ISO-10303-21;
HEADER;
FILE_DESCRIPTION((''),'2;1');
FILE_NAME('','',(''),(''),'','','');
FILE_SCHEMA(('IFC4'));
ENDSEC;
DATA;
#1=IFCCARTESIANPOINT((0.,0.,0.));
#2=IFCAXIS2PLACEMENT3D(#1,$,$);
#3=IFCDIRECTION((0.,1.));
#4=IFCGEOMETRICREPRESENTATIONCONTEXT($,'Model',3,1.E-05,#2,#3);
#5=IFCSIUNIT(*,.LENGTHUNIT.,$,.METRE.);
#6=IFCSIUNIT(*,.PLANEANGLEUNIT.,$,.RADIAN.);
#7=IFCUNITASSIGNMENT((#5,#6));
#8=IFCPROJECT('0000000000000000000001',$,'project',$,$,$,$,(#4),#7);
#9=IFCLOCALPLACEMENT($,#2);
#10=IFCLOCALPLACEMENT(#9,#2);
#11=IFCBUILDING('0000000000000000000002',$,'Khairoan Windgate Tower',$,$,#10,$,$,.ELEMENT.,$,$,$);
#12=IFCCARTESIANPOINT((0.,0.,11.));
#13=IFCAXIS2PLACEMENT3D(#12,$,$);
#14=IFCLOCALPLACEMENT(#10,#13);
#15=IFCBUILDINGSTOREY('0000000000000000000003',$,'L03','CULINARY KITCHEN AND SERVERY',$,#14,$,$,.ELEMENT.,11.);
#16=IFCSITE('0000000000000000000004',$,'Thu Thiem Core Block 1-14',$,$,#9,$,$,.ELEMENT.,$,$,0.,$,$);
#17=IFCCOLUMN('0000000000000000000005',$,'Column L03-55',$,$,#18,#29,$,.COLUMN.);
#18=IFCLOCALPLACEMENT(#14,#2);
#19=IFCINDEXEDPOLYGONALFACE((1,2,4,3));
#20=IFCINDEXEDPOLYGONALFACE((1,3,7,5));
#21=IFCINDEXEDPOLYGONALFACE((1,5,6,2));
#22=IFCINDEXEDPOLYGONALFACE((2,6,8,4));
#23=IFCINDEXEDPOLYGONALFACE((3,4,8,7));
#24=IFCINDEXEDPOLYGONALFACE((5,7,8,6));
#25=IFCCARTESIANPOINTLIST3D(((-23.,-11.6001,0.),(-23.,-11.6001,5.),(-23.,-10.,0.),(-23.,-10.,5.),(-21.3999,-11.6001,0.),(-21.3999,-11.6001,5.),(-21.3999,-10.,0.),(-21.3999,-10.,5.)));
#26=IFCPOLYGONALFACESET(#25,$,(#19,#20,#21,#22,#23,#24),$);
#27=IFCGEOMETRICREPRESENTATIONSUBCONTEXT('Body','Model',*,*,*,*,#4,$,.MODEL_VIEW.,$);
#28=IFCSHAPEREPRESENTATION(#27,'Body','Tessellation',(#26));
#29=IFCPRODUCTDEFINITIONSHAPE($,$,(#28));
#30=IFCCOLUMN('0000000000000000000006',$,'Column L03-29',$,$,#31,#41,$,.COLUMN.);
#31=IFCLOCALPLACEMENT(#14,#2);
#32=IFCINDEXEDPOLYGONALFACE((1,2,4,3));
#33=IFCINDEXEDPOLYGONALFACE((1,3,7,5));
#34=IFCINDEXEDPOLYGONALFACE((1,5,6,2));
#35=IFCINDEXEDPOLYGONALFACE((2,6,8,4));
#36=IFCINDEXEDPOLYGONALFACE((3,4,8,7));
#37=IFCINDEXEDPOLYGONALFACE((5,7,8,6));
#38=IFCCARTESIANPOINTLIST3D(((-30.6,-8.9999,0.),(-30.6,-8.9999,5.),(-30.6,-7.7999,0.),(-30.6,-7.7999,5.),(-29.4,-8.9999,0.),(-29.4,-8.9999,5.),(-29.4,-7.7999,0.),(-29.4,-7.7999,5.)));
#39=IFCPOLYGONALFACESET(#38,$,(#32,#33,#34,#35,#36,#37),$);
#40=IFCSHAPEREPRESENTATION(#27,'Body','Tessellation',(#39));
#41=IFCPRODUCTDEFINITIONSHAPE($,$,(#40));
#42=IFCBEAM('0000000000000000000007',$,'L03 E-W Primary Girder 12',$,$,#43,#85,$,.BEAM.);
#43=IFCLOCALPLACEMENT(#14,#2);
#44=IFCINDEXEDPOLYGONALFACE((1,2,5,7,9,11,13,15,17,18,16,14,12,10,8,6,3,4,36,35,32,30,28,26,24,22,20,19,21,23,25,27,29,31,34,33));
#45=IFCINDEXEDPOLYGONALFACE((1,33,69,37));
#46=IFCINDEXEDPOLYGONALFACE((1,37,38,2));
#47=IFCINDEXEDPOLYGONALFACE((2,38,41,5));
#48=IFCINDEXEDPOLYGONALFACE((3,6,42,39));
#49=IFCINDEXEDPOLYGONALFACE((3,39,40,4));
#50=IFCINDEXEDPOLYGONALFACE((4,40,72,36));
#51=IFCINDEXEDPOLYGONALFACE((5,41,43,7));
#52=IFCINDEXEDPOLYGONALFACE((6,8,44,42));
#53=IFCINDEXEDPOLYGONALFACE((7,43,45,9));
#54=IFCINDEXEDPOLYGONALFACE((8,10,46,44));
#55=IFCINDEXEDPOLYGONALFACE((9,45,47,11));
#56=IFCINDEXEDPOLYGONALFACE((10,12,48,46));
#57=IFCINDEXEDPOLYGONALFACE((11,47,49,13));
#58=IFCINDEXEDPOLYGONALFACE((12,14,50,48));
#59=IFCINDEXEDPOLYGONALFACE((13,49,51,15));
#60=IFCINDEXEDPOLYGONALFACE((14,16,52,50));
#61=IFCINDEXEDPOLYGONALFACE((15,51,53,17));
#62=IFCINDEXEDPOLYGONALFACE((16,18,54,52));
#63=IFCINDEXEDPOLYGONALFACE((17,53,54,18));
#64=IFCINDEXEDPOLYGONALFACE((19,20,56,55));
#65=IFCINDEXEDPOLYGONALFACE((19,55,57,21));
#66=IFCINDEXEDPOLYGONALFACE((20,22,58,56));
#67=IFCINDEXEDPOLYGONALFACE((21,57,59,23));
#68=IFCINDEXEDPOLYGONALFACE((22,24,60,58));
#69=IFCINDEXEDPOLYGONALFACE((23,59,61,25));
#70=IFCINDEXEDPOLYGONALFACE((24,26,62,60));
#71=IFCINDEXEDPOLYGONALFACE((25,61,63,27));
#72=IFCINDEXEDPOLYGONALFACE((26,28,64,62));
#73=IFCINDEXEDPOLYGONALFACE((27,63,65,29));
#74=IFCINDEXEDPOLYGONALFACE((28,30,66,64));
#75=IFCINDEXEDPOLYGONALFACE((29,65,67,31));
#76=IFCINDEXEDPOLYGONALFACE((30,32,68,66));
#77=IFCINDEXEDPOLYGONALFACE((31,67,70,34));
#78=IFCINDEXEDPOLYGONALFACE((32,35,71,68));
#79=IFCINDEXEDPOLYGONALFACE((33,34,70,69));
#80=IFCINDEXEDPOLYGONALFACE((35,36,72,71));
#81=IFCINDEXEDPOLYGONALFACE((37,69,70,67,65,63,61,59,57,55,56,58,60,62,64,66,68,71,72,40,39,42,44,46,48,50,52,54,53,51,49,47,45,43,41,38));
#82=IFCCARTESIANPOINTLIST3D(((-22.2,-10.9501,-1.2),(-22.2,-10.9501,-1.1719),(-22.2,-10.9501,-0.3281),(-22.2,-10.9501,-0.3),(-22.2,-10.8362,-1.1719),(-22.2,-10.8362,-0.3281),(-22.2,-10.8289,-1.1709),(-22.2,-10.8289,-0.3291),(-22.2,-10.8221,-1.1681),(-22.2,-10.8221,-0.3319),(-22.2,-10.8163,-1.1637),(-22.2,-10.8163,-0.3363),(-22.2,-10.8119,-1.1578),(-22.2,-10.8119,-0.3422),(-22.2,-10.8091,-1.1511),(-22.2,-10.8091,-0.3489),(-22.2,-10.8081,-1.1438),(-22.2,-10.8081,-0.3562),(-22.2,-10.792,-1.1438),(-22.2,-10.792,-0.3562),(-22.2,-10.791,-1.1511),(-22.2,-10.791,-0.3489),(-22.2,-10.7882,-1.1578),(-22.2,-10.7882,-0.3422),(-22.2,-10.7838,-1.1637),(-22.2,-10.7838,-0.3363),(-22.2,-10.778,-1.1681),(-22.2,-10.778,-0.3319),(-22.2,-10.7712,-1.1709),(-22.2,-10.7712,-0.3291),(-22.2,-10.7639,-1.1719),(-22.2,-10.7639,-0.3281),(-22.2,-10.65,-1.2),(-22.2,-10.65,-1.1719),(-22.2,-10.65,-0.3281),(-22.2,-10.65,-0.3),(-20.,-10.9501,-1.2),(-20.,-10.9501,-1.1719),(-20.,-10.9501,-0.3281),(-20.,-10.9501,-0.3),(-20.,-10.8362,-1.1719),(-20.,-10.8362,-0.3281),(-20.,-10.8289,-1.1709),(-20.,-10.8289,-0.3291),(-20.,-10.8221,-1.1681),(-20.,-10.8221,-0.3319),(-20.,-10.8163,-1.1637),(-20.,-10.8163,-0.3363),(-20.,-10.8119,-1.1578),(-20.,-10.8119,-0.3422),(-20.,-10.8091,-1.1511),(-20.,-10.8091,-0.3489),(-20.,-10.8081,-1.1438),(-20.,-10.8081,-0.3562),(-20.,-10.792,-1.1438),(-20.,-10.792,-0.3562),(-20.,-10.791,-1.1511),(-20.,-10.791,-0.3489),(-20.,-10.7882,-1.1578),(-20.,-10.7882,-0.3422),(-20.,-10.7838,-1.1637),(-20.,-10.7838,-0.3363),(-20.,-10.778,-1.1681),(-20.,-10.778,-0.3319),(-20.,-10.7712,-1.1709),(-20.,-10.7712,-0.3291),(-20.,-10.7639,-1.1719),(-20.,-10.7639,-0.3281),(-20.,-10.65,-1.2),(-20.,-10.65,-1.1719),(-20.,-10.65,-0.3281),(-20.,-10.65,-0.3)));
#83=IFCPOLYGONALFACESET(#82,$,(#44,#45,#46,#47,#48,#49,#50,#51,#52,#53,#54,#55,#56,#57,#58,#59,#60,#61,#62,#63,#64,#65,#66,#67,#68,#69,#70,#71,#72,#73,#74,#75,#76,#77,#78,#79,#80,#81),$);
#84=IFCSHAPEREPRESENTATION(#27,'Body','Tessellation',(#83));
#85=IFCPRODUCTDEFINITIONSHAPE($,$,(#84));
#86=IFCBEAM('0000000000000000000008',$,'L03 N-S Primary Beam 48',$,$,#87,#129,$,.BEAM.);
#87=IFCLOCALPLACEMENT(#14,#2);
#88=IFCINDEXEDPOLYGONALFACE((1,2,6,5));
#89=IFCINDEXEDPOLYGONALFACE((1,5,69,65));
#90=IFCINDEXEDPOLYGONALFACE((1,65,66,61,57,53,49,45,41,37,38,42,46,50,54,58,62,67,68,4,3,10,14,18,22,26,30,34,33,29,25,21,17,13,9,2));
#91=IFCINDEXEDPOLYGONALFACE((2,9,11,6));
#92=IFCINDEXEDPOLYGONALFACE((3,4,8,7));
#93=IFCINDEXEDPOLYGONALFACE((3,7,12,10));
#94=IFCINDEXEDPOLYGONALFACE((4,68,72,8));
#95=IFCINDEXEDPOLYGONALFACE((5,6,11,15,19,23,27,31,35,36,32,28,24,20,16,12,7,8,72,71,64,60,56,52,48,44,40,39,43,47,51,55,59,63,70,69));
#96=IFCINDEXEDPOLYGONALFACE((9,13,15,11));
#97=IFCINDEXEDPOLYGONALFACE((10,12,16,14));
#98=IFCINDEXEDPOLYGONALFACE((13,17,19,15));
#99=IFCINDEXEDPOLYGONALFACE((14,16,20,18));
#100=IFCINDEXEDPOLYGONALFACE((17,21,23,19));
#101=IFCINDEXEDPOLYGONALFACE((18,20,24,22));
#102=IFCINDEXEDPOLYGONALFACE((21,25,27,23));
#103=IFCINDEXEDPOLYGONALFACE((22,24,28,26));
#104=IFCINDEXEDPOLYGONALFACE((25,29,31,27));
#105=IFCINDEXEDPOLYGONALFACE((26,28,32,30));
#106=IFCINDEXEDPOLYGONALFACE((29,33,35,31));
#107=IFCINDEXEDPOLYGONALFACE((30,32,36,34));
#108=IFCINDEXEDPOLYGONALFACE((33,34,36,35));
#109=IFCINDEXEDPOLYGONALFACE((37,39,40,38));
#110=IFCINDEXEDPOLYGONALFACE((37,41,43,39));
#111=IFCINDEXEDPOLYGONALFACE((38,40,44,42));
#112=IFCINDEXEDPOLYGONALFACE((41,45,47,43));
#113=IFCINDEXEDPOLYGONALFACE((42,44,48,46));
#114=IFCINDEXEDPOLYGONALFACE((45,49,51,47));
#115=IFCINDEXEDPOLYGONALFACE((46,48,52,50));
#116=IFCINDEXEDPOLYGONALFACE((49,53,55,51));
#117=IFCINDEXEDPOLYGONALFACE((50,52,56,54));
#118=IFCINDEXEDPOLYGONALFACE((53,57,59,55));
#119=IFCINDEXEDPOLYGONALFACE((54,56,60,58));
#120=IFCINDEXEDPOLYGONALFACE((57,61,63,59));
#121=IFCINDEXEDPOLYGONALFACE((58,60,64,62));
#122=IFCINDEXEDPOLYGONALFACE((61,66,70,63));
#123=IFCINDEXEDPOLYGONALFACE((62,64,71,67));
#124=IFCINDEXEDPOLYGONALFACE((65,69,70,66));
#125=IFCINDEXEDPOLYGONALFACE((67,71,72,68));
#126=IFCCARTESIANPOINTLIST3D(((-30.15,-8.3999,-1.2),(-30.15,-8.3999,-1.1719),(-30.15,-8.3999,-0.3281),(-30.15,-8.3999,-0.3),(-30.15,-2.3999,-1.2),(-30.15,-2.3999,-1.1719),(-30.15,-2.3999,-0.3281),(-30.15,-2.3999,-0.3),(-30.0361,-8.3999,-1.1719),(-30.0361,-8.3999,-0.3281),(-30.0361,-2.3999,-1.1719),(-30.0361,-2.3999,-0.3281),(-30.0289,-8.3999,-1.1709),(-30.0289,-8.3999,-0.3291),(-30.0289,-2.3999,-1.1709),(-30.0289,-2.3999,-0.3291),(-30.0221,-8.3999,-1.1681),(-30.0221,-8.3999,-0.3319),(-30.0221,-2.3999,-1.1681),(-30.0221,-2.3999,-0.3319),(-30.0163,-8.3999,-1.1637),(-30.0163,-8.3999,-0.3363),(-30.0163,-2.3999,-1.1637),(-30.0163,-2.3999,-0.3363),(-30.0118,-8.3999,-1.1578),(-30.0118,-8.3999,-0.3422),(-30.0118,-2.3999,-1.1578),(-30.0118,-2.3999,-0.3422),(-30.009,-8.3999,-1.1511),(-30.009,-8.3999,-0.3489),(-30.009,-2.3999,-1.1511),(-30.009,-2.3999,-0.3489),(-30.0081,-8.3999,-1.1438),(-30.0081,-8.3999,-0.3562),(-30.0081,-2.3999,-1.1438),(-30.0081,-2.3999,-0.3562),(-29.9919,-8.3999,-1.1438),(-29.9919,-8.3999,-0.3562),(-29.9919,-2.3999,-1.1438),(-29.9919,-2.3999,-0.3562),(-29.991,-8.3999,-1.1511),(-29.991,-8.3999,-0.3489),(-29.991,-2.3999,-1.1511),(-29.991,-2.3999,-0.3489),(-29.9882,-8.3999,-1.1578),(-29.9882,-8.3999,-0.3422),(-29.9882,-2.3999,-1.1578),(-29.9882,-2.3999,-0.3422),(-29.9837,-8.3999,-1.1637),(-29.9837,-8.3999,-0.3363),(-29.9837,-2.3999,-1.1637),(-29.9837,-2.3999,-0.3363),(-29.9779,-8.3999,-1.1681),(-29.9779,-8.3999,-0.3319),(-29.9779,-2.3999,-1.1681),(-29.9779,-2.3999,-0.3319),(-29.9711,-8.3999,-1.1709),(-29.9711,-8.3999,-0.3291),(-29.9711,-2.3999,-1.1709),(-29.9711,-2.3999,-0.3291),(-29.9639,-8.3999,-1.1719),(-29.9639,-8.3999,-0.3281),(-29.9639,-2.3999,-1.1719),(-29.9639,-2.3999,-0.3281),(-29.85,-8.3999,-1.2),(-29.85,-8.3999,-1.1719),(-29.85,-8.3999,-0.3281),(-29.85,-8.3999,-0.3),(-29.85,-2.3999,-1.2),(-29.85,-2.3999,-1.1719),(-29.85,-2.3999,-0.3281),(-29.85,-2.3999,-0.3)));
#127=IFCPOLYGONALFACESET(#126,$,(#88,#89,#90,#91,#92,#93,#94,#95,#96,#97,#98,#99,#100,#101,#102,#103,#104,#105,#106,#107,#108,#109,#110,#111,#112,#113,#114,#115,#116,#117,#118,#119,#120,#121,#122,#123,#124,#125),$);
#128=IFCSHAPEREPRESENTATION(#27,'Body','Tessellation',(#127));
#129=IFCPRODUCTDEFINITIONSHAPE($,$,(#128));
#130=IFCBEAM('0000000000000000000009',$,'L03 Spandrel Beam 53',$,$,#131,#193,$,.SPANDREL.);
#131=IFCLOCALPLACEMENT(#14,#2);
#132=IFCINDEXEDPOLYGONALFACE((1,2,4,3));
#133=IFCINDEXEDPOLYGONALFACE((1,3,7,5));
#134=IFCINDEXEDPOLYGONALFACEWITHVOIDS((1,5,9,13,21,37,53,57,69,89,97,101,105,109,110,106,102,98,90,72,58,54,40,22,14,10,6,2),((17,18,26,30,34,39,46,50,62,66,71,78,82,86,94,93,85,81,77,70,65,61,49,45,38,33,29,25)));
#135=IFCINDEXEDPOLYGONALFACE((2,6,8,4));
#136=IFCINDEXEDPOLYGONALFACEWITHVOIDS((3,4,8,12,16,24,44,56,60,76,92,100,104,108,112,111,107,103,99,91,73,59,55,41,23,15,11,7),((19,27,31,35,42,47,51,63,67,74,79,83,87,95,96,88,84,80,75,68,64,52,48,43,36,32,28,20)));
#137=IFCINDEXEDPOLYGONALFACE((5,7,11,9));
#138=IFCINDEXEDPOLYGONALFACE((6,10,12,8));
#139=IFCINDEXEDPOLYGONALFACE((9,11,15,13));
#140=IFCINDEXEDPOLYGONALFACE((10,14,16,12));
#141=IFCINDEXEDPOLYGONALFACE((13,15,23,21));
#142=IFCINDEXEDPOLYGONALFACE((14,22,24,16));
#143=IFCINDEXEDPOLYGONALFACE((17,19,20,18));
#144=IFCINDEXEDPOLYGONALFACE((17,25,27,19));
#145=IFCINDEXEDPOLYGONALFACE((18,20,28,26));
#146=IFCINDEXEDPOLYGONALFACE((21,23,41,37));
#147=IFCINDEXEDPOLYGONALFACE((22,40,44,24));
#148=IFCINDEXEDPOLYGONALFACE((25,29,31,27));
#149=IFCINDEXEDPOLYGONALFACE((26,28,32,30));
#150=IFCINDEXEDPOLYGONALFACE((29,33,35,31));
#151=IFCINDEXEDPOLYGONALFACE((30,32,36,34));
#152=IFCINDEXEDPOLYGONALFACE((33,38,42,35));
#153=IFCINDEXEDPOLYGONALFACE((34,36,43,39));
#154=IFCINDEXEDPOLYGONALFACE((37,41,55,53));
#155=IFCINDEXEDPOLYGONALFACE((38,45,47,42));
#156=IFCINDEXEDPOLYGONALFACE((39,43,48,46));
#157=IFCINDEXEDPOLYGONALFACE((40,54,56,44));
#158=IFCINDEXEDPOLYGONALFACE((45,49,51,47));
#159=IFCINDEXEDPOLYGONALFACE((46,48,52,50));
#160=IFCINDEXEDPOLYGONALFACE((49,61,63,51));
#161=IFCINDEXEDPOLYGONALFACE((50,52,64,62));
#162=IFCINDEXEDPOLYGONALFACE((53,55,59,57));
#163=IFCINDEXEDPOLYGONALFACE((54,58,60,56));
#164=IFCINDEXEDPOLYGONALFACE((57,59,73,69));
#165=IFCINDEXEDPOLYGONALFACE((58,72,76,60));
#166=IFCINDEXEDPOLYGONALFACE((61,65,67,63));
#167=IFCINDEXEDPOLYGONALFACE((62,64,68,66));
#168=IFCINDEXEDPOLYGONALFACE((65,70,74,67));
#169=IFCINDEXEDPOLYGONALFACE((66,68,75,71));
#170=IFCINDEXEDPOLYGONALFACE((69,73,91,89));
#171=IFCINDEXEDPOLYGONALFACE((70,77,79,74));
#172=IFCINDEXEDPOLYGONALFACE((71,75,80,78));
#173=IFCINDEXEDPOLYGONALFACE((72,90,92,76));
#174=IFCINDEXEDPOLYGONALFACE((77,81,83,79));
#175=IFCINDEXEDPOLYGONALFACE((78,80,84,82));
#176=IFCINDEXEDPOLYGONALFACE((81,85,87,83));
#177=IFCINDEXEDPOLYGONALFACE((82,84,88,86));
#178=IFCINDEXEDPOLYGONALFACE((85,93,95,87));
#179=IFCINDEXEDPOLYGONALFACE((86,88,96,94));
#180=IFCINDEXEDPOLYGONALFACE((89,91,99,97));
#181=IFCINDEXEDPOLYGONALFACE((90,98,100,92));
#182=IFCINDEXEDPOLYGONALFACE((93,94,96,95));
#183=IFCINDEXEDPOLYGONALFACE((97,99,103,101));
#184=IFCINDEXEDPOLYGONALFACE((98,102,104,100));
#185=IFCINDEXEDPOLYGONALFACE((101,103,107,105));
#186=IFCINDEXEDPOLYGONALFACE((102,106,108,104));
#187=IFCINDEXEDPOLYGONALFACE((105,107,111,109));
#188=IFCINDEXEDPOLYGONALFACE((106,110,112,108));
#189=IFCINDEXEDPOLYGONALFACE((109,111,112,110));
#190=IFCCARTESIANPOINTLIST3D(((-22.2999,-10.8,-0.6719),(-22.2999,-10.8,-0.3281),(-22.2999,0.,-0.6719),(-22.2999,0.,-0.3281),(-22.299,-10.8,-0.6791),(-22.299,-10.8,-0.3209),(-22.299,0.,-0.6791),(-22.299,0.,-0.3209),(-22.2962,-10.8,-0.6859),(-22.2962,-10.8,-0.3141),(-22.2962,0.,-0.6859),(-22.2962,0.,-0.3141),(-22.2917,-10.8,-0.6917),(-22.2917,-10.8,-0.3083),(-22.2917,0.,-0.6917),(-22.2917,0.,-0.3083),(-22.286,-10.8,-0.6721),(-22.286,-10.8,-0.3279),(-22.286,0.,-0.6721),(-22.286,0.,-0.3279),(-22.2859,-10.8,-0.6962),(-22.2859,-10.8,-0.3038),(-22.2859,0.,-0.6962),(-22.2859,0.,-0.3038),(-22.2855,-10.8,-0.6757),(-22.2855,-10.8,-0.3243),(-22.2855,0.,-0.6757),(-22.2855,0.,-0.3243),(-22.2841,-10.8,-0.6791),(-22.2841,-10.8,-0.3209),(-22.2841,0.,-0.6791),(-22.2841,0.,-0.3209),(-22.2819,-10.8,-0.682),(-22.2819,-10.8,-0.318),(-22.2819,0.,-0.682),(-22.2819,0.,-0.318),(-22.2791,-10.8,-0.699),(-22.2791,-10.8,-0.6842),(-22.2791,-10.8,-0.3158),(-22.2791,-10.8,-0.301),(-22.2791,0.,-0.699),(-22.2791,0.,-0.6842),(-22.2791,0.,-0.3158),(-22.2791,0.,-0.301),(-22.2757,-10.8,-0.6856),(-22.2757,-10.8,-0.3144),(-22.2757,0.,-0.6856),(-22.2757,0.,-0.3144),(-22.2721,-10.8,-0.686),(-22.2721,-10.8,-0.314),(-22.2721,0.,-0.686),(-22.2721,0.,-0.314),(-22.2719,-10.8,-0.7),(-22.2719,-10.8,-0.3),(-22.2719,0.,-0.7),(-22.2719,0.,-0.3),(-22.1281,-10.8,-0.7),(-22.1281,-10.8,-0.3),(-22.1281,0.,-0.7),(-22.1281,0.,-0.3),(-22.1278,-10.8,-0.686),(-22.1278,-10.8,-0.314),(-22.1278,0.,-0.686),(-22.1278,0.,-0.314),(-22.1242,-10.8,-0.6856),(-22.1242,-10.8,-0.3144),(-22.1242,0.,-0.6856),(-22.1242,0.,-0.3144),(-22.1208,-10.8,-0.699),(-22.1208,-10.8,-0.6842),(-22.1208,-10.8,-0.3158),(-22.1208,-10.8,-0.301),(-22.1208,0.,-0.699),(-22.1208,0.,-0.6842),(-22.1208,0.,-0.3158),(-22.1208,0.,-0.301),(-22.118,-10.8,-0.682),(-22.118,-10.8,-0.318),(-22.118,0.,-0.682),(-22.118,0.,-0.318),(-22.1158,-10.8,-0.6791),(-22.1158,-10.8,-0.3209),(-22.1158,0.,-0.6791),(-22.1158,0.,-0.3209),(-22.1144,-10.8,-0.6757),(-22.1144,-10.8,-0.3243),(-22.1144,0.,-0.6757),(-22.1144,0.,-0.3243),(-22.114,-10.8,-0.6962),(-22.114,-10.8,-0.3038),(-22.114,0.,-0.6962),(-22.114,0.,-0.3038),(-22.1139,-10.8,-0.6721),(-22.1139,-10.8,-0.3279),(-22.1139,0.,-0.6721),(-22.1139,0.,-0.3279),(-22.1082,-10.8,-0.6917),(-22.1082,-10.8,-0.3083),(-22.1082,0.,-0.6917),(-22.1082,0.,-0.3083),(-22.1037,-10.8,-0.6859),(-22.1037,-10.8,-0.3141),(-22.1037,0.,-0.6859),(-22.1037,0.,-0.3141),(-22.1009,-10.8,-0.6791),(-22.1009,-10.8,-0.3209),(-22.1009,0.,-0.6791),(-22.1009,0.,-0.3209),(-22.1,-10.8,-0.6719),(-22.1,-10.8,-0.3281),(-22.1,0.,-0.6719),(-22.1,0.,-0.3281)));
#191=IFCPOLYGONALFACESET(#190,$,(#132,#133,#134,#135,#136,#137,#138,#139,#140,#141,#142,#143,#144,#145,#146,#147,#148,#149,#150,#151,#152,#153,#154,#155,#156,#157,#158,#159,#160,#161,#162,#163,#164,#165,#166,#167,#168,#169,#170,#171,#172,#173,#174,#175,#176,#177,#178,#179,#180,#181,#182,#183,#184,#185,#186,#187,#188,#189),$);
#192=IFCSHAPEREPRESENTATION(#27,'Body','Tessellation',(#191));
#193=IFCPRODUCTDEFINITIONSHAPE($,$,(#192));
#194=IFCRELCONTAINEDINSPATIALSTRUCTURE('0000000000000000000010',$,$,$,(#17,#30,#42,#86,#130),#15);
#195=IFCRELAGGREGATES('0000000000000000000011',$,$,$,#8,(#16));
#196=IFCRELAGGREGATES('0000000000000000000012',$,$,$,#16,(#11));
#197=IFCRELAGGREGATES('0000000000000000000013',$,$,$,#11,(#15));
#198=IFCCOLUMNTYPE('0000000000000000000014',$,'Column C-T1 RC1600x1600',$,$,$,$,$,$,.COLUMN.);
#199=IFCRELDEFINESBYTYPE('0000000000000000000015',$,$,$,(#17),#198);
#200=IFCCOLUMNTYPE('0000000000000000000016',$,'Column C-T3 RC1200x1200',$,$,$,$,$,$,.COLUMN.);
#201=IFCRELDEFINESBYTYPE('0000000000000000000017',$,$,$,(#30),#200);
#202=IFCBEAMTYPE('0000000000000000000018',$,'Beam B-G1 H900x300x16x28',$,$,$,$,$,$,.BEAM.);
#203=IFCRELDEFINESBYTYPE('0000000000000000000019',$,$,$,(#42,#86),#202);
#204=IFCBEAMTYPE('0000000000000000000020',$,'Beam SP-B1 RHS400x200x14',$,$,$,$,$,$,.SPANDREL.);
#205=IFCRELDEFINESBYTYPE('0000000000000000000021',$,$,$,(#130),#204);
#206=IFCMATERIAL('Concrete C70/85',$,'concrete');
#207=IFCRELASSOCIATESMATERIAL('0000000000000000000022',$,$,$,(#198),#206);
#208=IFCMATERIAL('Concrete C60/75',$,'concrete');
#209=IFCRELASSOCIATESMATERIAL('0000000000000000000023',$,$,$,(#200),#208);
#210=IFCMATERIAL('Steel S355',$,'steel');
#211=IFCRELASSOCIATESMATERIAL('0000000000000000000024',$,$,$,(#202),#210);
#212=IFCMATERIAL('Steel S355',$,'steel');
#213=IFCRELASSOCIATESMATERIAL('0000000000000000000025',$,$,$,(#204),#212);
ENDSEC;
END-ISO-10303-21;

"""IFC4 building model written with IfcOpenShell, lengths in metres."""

from ifc_helpers import new_model, si_unit, direction, frame, origin, origin_2d, place, context, subcontext, project, spatial, rectangle, hollow_rectangle, i_section, extrude, material, material_profile, profile_set, type_object, element, save


model = new_model("IFC4")

# Units and contexts
model_context = context("Model", 3, precision=1e-05, world=origin(), true_north=direction((0.0, 1.0)))
body_context = subcontext(model_context, "Body", "Model", "MODEL_VIEW")
ifc_project = project(units=[si_unit("LENGTHUNIT", "METRE"), si_unit("PLANEANGLEUNIT", "RADIAN")], contexts=[model_context])

# Site, building, storey
site_placement = place(None, origin())
site = spatial("IfcSite", under=ifc_project, at=site_placement, Name="Thu Thiem Core Block 1-14", CompositionType="ELEMENT", RefElevation=0.0)
building_placement = place(site_placement, origin())
building = spatial("IfcBuilding", under=site, at=building_placement, Name="Khairoan Windgate Tower", CompositionType="ELEMENT")
storey_placement = place(building_placement, frame((0.0, 0.0, 11.0)))
storey = spatial("IfcBuildingStorey", under=building, at=storey_placement, Name="L03", Description="CULINARY KITCHEN AND SERVERY", CompositionType="ELEMENT", Elevation=11.0)

# Columns
ifc_material_1 = material(Name="Concrete C70/85", Category="concrete")
ifc_material_profile_1 = material_profile(ifc_material_1, rectangle(XDim=1.6001, YDim=1.6001, at=origin_2d()))
ifc_profile_set_1 = profile_set([ifc_material_profile_1], Name="Concrete C70/85")
column_type_1 = type_object("IfcColumnType", Name="Column C-T1 RC1600x1600", PredefinedType="COLUMN", material=ifc_profile_set_1)
column_1_placement = place(storey_placement, frame((-22.2, -10.8, 0.0), z_axis=(0.0, 0.0, 1.0), x_axis=(1.0, 0.0, 0.0)))
element("IfcColumn", 1, at=column_1_placement, inside=storey, type_object=column_type_1, Name="Column L03-55", PredefinedType="COLUMN", context=body_context, shape_type="SweptSolid", body=[
    extrude(rectangle(XDim=1.6001, YDim=1.6001, at=origin_2d()), origin(), (0.0, 0.0, 1.0), 5.0),
])
ifc_material_2 = material(Name="Concrete C60/75", Category="concrete")
ifc_material_profile_2 = material_profile(ifc_material_2, rectangle(XDim=1.2, YDim=1.2, at=origin_2d()))
ifc_profile_set_2 = profile_set([ifc_material_profile_2], Name="Concrete C60/75")
column_type_2 = type_object("IfcColumnType", Name="Column C-T3 RC1200x1200", PredefinedType="COLUMN", material=ifc_profile_set_2)
column_2_placement = place(storey_placement, frame((-30.0, -8.3999, 0.0), z_axis=(0.0, 0.0, 1.0), x_axis=(1.0, 0.0, 0.0)))
element("IfcColumn", 2, at=column_2_placement, inside=storey, type_object=column_type_2, Name="Column L03-29", PredefinedType="COLUMN", context=body_context, shape_type="SweptSolid", body=[
    extrude(rectangle(XDim=1.2, YDim=1.2, at=origin_2d()), origin(), (0.0, 0.0, 1.0), 5.0),
])

# Beams
ifc_material_3 = material(Name="Steel S355", Category="steel")
ifc_material_profile_3 = material_profile(ifc_material_3, i_section(OverallWidth=0.3, OverallDepth=0.8999, WebThickness=0.0161, FlangeThickness=0.0281, FilletRadius=0.0281, at=origin_2d()))
ifc_profile_set_3 = profile_set([ifc_material_profile_3], Name="Steel S355")
beam_type_1 = type_object("IfcBeamType", Name="Beam B-G1 H900x300x16x28", PredefinedType="BEAM", material=ifc_profile_set_3)
beam_1_placement = place(storey_placement, frame((-22.2, -10.8, -0.75), z_axis=(1.0, 0.0, 0.0), x_axis=(0.0, 1.0, 0.0)))
element("IfcBeam", 3, at=beam_1_placement, inside=storey, type_object=beam_type_1, Name="L03 E-W Primary Girder 12", PredefinedType="BEAM", context=body_context, shape_type="SweptSolid", body=[
    extrude(i_section(OverallWidth=0.3, OverallDepth=0.8999, WebThickness=0.0161, FlangeThickness=0.0281, FilletRadius=0.0281, at=origin_2d()), origin(), (0.0, 0.0, 1.0), 2.2),
])
beam_2_placement = place(storey_placement, frame((-30.0, -8.3999, -0.75), z_axis=(0.0, 1.0, 0.0), x_axis=(-1.0, 0.0, 0.0)))
element("IfcBeam", 4, at=beam_2_placement, inside=storey, type_object=beam_type_1, Name="L03 N-S Primary Beam 48", PredefinedType="BEAM", context=body_context, shape_type="SweptSolid", body=[
    extrude(i_section(OverallWidth=0.3, OverallDepth=0.8999, WebThickness=0.0161, FlangeThickness=0.0281, FilletRadius=0.0281, at=origin_2d()), origin(), (0.0, 0.0, 1.0), 6.0),
])
ifc_material_4 = material(Name="Steel S355", Category="steel")
ifc_material_profile_4 = material_profile(ifc_material_4, hollow_rectangle(XDim=0.2, YDim=0.3999, WallThickness=0.0139, InnerFilletRadius=0.0139, OuterFilletRadius=0.0281, at=origin_2d()))
ifc_profile_set_4 = profile_set([ifc_material_profile_4], Name="Steel S355")
beam_type_2 = type_object("IfcBeamType", Name="Beam SP-B1 RHS400x200x14", PredefinedType="SPANDREL", material=ifc_profile_set_4)
beam_3_placement = place(storey_placement, frame((-22.2, -10.8, -0.5), z_axis=(0.0, 1.0, 0.0), x_axis=(-1.0, 0.0, 0.0)))
element("IfcBeam", 5, at=beam_3_placement, inside=storey, type_object=beam_type_2, Name="L03 Spandrel Beam 53", PredefinedType="SPANDREL", context=body_context, shape_type="SweptSolid", body=[
    extrude(hollow_rectangle(XDim=0.2, YDim=0.3999, WallThickness=0.0139, InnerFilletRadius=0.0139, OuterFilletRadius=0.0281, at=origin_2d()), origin(), (0.0, 0.0, 1.0), 10.8),
])

save(model, "model.ifc")
